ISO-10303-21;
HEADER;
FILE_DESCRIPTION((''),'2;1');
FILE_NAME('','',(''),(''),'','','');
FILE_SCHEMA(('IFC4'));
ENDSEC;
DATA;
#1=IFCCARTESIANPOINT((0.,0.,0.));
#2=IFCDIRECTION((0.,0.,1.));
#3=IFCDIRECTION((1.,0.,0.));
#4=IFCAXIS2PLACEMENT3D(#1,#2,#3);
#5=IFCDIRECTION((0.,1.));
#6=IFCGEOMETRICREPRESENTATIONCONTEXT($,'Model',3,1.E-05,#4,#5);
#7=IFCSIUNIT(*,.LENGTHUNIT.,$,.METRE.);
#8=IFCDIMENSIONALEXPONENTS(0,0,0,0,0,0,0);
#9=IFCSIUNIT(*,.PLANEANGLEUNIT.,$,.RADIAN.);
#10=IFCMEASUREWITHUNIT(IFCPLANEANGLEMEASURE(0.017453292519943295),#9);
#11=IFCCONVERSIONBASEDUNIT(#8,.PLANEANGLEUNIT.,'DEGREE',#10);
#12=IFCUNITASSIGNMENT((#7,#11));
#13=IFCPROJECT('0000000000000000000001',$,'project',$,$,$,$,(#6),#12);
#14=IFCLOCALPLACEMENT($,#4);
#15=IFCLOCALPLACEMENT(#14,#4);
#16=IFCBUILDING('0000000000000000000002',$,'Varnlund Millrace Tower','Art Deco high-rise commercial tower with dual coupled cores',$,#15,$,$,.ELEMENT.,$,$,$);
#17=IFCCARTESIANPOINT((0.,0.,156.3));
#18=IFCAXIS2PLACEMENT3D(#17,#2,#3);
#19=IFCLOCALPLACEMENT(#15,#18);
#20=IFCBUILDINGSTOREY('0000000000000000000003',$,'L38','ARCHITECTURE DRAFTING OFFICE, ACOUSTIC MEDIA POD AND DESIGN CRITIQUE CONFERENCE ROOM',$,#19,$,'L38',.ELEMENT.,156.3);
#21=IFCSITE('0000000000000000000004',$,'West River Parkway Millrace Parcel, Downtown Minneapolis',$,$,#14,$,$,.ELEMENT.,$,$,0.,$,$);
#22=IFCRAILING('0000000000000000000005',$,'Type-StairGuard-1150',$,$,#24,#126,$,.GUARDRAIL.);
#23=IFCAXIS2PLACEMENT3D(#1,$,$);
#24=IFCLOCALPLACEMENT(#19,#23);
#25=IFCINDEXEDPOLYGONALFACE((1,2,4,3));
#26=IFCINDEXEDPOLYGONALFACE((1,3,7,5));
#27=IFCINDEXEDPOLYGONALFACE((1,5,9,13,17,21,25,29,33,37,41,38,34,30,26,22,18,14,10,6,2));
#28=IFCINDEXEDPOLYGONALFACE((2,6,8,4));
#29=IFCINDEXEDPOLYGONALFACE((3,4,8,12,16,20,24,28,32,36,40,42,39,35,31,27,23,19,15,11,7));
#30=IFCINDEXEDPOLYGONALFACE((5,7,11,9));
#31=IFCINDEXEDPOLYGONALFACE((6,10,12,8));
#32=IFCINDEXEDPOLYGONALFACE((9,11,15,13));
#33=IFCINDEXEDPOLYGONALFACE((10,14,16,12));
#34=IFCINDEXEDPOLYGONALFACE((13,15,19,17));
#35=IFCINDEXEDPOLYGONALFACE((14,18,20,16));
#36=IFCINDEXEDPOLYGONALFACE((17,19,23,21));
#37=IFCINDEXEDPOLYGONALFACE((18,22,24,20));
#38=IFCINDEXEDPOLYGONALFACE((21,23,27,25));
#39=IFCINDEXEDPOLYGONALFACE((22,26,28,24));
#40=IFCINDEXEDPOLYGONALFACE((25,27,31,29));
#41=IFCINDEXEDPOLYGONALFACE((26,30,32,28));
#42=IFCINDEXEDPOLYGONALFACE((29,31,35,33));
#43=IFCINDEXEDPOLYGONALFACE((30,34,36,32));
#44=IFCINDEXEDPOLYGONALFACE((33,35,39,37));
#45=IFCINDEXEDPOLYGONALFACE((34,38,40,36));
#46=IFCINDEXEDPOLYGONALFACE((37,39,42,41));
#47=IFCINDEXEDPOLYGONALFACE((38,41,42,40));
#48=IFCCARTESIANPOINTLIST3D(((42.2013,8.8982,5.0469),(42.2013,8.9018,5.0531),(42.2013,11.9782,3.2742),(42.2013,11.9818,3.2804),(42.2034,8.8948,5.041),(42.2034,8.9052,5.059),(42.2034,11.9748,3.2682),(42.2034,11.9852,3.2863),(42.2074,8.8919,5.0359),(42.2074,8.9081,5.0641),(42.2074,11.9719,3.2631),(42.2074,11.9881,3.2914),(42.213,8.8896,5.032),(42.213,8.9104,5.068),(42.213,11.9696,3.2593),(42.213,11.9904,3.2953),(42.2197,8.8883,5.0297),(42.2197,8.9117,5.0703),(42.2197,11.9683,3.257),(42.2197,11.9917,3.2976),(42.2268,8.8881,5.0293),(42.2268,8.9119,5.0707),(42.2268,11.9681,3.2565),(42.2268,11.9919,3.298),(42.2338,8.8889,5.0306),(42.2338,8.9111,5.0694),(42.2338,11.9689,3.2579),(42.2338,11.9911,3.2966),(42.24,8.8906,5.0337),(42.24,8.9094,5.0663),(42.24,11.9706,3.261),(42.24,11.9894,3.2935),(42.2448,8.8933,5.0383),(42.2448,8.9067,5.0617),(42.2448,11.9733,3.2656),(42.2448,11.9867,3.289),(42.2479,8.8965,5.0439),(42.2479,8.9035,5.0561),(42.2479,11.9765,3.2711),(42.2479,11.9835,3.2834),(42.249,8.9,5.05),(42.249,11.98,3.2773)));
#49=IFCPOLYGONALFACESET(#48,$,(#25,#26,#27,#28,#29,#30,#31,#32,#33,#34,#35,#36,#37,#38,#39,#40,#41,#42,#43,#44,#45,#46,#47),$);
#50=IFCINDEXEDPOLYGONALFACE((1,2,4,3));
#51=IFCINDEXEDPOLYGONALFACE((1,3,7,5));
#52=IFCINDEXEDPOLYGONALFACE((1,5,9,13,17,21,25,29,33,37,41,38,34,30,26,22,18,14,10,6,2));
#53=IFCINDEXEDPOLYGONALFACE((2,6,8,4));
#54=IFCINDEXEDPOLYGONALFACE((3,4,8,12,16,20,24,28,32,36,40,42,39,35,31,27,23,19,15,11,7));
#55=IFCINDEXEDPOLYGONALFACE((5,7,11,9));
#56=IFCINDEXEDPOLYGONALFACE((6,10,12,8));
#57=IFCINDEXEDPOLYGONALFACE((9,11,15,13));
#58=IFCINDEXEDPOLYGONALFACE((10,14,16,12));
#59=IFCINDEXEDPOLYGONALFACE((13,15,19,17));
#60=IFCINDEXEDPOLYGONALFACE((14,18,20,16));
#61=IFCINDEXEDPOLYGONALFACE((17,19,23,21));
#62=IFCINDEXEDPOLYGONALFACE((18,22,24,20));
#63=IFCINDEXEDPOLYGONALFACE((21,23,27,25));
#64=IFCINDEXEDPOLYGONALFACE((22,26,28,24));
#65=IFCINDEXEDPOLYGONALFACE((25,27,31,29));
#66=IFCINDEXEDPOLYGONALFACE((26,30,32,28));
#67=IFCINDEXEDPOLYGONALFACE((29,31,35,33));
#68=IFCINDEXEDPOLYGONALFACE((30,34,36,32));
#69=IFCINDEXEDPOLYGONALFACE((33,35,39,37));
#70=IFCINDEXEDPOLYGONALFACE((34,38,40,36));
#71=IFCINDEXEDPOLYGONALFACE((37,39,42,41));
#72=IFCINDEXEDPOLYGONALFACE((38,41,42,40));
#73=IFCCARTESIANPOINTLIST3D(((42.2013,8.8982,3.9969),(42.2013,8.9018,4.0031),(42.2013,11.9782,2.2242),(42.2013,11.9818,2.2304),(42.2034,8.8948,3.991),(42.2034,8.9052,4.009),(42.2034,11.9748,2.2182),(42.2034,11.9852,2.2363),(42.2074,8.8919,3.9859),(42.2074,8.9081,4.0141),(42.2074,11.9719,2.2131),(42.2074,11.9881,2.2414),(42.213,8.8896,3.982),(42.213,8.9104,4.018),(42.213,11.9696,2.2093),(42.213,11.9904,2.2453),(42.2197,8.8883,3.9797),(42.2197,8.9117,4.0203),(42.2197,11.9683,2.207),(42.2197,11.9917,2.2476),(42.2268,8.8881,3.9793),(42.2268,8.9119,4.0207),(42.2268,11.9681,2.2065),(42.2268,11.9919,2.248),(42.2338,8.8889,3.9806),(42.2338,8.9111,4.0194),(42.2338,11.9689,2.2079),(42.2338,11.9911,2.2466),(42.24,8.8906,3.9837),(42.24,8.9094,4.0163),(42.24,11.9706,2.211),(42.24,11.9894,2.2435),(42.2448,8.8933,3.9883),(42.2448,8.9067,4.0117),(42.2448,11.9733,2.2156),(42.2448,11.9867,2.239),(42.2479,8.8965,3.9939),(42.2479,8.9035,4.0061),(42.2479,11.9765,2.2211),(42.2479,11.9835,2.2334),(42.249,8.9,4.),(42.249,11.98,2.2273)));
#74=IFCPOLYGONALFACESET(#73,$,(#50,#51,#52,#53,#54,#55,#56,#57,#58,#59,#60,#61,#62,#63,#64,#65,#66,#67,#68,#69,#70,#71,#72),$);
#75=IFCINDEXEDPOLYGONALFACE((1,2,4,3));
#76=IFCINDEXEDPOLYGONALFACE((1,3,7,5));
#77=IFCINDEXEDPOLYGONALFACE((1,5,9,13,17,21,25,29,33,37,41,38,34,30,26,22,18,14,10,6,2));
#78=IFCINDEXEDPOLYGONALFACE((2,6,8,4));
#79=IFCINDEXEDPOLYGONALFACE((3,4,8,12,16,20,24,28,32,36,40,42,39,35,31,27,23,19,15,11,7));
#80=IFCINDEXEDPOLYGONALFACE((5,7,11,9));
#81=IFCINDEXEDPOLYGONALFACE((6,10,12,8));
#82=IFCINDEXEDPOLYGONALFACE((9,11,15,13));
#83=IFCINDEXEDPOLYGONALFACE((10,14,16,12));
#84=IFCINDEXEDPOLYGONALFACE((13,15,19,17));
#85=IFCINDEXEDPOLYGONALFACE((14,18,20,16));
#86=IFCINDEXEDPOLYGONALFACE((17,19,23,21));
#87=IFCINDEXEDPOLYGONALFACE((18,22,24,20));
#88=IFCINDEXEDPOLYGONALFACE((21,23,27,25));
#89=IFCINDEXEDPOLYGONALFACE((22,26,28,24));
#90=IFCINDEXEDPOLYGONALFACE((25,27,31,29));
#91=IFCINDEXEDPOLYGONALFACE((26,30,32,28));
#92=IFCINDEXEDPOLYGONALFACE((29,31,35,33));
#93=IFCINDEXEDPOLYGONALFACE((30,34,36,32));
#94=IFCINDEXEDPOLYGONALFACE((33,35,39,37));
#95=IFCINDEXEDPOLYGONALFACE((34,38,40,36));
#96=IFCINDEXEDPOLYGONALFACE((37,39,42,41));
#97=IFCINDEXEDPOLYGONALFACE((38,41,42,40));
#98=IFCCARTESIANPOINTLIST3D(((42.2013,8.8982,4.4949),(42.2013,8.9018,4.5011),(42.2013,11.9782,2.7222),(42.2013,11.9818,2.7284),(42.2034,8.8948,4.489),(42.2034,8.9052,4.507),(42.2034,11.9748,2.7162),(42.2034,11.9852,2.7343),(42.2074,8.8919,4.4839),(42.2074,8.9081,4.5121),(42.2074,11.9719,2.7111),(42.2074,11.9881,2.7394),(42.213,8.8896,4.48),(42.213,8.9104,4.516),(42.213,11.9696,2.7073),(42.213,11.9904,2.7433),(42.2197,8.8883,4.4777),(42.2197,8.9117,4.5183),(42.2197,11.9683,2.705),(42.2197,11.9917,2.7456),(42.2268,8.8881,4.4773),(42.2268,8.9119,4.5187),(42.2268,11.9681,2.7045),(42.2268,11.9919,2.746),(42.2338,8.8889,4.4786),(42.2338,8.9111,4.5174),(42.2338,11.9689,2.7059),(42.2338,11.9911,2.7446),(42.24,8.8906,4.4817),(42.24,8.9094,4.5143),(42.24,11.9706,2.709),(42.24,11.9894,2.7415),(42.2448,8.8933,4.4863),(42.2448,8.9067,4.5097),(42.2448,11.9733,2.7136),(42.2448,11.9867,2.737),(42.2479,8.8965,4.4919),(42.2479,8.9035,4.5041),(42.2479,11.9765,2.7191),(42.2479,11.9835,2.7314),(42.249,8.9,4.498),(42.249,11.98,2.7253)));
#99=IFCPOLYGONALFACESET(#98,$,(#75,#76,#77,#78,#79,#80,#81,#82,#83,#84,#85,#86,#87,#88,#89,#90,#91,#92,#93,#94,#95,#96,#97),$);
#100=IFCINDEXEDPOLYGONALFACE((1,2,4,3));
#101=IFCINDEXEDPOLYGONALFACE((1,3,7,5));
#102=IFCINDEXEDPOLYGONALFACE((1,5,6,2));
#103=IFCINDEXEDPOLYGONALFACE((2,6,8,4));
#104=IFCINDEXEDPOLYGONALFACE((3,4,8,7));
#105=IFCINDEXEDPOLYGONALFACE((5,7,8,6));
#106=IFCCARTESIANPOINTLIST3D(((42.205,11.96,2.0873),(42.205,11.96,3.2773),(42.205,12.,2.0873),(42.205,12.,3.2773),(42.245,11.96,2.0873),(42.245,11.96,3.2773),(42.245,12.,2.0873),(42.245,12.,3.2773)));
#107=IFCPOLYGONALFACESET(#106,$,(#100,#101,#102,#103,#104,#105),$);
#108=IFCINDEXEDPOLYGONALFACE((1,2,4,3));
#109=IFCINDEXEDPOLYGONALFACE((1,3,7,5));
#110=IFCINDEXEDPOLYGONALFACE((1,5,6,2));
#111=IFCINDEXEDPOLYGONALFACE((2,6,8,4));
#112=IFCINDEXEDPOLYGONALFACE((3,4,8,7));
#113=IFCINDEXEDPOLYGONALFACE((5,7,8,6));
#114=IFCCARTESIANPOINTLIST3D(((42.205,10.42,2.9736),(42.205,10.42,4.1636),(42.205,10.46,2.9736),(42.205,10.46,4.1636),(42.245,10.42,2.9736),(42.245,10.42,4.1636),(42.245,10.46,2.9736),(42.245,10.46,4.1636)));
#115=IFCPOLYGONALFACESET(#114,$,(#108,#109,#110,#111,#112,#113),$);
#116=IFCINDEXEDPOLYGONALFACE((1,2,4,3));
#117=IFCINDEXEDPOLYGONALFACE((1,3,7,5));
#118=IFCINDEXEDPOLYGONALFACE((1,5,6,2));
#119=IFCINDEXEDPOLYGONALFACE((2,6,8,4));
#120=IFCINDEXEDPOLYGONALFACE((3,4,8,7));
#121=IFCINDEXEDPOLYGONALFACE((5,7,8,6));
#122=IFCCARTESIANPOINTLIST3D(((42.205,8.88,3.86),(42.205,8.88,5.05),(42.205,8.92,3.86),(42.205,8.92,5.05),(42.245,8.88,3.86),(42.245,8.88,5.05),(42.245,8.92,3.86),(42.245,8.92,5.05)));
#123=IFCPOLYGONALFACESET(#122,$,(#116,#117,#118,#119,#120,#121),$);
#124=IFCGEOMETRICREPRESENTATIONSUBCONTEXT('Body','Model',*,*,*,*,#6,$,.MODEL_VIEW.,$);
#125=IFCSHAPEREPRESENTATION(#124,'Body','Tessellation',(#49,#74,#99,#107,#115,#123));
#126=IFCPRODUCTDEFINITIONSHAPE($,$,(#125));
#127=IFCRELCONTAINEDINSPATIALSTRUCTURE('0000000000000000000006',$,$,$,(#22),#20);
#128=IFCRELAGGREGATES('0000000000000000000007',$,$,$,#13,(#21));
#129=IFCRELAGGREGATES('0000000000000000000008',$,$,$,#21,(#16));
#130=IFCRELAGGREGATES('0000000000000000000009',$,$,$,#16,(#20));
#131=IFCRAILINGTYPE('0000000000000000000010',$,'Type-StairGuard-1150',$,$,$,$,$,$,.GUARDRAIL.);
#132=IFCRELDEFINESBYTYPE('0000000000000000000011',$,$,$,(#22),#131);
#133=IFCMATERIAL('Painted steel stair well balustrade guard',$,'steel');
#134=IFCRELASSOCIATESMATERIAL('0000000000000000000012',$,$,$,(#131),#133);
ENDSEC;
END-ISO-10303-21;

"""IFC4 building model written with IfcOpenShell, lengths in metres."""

from ifc_helpers import new_model, entity, si_unit, converted_unit, direction, frame, origin_with_axes, origin_2d_with_axis, place, context, subcontext, project, spatial, rectangle, circle, extrude, material, type_object, element, save


model = new_model("IFC4")

# Units and contexts
model_context = context("Model", 3, precision=1e-05, world=origin_with_axes(), true_north=direction((0.0, 1.0)))
body_context = subcontext(model_context, "Body", "Model", "MODEL_VIEW")
ifc_project = project(units=[si_unit("LENGTHUNIT", "METRE"), converted_unit("PLANEANGLEUNIT", "DEGREE", entity("IfcPlaneAngleMeasure", 0.017453292519943295), si_unit("PLANEANGLEUNIT", "RADIAN"), dimensions=[0, 0, 0, 0, 0, 0, 0])], contexts=[model_context])

# Site, building, storey
site_placement = place(None, origin_with_axes())
site = spatial("IfcSite", under=ifc_project, at=site_placement, Name="West River Parkway Millrace Parcel, Downtown Minneapolis", CompositionType="ELEMENT", RefElevation=0.0)
building_placement = place(site_placement, origin_with_axes())
building = spatial("IfcBuilding", under=site, at=building_placement, Name="Varnlund Millrace Tower", Description="Art Deco high-rise commercial tower with dual coupled cores", CompositionType="ELEMENT")
storey_placement = place(building_placement, frame((0.0, 0.0, 156.3), z_axis=(0.0, 0.0, 1.0), x_axis=(1.0, 0.0, 0.0)))
storey = spatial("IfcBuildingStorey", under=building, at=storey_placement, Name="L38", Description="ARCHITECTURE DRAFTING OFFICE, ACOUSTIC MEDIA POD AND DESIGN CRITIQUE CONFERENCE ROOM", LongName="L38", CompositionType="ELEMENT", Elevation=156.3)

# Railing
ifc_material_1 = material(Name="Painted steel stair well balustrade guard", Category="steel")
railing_type_1 = type_object("IfcRailingType", Name="Type-StairGuard-1150", PredefinedType="GUARDRAIL", material=ifc_material_1)
railing_1_placement = place(storey_placement, frame((0.0, 0.0, -156.3), z_axis=(0.0, 0.0, 1.0), x_axis=(1.0, 0.0, 0.0)))
element("IfcRailing", 1, at=railing_1_placement, inside=storey, type_object=railing_type_1, Name="Type-StairGuard-1150", PredefinedType="GUARDRAIL", context=body_context, shape_type="SweptSolid", body=[
    extrude(circle(Radius=0.024, at=origin_2d_with_axis()), frame((42.225, 11.98, 159.5773), z_axis=(0.0, -0.866696, 0.498836), x_axis=(1.0, 0.0, 0.0)), (0.0, 0.0, 1.0), 3.5537),
    extrude(circle(Radius=0.024, at=origin_2d_with_axis()), frame((42.225, 11.98, 158.5273), z_axis=(0.0, -0.866696, 0.498836), x_axis=(1.0, 0.0, 0.0)), (0.0, 0.0, 1.0), 3.5537),
    extrude(circle(Radius=0.024, at=origin_2d_with_axis()), frame((42.225, 11.98, 159.0253), z_axis=(0.0, -0.866696, 0.498836), x_axis=(1.0, 0.0, 0.0)), (0.0, 0.0, 1.0), 3.5537),
    extrude(rectangle(XDim=0.04, YDim=0.04, at=origin_2d_with_axis()), frame((42.225, 11.98, 158.3873), z_axis=(0.0, 0.0, 1.0), x_axis=(1.0, 0.0, 0.0)), (0.0, 0.0, 1.0), 1.19),
    extrude(rectangle(XDim=0.04, YDim=0.04, at=origin_2d_with_axis()), frame((42.225, 10.44, 159.2736), z_axis=(0.0, 0.0, 1.0), x_axis=(1.0, 0.0, 0.0)), (0.0, 0.0, 1.0), 1.19),
    extrude(rectangle(XDim=0.04, YDim=0.04, at=origin_2d_with_axis()), frame((42.225, 8.9, 160.16), z_axis=(0.0, 0.0, 1.0), x_axis=(1.0, 0.0, 0.0)), (0.0, 0.0, 1.0), 1.19),
])

save(model, "model.ifc")
